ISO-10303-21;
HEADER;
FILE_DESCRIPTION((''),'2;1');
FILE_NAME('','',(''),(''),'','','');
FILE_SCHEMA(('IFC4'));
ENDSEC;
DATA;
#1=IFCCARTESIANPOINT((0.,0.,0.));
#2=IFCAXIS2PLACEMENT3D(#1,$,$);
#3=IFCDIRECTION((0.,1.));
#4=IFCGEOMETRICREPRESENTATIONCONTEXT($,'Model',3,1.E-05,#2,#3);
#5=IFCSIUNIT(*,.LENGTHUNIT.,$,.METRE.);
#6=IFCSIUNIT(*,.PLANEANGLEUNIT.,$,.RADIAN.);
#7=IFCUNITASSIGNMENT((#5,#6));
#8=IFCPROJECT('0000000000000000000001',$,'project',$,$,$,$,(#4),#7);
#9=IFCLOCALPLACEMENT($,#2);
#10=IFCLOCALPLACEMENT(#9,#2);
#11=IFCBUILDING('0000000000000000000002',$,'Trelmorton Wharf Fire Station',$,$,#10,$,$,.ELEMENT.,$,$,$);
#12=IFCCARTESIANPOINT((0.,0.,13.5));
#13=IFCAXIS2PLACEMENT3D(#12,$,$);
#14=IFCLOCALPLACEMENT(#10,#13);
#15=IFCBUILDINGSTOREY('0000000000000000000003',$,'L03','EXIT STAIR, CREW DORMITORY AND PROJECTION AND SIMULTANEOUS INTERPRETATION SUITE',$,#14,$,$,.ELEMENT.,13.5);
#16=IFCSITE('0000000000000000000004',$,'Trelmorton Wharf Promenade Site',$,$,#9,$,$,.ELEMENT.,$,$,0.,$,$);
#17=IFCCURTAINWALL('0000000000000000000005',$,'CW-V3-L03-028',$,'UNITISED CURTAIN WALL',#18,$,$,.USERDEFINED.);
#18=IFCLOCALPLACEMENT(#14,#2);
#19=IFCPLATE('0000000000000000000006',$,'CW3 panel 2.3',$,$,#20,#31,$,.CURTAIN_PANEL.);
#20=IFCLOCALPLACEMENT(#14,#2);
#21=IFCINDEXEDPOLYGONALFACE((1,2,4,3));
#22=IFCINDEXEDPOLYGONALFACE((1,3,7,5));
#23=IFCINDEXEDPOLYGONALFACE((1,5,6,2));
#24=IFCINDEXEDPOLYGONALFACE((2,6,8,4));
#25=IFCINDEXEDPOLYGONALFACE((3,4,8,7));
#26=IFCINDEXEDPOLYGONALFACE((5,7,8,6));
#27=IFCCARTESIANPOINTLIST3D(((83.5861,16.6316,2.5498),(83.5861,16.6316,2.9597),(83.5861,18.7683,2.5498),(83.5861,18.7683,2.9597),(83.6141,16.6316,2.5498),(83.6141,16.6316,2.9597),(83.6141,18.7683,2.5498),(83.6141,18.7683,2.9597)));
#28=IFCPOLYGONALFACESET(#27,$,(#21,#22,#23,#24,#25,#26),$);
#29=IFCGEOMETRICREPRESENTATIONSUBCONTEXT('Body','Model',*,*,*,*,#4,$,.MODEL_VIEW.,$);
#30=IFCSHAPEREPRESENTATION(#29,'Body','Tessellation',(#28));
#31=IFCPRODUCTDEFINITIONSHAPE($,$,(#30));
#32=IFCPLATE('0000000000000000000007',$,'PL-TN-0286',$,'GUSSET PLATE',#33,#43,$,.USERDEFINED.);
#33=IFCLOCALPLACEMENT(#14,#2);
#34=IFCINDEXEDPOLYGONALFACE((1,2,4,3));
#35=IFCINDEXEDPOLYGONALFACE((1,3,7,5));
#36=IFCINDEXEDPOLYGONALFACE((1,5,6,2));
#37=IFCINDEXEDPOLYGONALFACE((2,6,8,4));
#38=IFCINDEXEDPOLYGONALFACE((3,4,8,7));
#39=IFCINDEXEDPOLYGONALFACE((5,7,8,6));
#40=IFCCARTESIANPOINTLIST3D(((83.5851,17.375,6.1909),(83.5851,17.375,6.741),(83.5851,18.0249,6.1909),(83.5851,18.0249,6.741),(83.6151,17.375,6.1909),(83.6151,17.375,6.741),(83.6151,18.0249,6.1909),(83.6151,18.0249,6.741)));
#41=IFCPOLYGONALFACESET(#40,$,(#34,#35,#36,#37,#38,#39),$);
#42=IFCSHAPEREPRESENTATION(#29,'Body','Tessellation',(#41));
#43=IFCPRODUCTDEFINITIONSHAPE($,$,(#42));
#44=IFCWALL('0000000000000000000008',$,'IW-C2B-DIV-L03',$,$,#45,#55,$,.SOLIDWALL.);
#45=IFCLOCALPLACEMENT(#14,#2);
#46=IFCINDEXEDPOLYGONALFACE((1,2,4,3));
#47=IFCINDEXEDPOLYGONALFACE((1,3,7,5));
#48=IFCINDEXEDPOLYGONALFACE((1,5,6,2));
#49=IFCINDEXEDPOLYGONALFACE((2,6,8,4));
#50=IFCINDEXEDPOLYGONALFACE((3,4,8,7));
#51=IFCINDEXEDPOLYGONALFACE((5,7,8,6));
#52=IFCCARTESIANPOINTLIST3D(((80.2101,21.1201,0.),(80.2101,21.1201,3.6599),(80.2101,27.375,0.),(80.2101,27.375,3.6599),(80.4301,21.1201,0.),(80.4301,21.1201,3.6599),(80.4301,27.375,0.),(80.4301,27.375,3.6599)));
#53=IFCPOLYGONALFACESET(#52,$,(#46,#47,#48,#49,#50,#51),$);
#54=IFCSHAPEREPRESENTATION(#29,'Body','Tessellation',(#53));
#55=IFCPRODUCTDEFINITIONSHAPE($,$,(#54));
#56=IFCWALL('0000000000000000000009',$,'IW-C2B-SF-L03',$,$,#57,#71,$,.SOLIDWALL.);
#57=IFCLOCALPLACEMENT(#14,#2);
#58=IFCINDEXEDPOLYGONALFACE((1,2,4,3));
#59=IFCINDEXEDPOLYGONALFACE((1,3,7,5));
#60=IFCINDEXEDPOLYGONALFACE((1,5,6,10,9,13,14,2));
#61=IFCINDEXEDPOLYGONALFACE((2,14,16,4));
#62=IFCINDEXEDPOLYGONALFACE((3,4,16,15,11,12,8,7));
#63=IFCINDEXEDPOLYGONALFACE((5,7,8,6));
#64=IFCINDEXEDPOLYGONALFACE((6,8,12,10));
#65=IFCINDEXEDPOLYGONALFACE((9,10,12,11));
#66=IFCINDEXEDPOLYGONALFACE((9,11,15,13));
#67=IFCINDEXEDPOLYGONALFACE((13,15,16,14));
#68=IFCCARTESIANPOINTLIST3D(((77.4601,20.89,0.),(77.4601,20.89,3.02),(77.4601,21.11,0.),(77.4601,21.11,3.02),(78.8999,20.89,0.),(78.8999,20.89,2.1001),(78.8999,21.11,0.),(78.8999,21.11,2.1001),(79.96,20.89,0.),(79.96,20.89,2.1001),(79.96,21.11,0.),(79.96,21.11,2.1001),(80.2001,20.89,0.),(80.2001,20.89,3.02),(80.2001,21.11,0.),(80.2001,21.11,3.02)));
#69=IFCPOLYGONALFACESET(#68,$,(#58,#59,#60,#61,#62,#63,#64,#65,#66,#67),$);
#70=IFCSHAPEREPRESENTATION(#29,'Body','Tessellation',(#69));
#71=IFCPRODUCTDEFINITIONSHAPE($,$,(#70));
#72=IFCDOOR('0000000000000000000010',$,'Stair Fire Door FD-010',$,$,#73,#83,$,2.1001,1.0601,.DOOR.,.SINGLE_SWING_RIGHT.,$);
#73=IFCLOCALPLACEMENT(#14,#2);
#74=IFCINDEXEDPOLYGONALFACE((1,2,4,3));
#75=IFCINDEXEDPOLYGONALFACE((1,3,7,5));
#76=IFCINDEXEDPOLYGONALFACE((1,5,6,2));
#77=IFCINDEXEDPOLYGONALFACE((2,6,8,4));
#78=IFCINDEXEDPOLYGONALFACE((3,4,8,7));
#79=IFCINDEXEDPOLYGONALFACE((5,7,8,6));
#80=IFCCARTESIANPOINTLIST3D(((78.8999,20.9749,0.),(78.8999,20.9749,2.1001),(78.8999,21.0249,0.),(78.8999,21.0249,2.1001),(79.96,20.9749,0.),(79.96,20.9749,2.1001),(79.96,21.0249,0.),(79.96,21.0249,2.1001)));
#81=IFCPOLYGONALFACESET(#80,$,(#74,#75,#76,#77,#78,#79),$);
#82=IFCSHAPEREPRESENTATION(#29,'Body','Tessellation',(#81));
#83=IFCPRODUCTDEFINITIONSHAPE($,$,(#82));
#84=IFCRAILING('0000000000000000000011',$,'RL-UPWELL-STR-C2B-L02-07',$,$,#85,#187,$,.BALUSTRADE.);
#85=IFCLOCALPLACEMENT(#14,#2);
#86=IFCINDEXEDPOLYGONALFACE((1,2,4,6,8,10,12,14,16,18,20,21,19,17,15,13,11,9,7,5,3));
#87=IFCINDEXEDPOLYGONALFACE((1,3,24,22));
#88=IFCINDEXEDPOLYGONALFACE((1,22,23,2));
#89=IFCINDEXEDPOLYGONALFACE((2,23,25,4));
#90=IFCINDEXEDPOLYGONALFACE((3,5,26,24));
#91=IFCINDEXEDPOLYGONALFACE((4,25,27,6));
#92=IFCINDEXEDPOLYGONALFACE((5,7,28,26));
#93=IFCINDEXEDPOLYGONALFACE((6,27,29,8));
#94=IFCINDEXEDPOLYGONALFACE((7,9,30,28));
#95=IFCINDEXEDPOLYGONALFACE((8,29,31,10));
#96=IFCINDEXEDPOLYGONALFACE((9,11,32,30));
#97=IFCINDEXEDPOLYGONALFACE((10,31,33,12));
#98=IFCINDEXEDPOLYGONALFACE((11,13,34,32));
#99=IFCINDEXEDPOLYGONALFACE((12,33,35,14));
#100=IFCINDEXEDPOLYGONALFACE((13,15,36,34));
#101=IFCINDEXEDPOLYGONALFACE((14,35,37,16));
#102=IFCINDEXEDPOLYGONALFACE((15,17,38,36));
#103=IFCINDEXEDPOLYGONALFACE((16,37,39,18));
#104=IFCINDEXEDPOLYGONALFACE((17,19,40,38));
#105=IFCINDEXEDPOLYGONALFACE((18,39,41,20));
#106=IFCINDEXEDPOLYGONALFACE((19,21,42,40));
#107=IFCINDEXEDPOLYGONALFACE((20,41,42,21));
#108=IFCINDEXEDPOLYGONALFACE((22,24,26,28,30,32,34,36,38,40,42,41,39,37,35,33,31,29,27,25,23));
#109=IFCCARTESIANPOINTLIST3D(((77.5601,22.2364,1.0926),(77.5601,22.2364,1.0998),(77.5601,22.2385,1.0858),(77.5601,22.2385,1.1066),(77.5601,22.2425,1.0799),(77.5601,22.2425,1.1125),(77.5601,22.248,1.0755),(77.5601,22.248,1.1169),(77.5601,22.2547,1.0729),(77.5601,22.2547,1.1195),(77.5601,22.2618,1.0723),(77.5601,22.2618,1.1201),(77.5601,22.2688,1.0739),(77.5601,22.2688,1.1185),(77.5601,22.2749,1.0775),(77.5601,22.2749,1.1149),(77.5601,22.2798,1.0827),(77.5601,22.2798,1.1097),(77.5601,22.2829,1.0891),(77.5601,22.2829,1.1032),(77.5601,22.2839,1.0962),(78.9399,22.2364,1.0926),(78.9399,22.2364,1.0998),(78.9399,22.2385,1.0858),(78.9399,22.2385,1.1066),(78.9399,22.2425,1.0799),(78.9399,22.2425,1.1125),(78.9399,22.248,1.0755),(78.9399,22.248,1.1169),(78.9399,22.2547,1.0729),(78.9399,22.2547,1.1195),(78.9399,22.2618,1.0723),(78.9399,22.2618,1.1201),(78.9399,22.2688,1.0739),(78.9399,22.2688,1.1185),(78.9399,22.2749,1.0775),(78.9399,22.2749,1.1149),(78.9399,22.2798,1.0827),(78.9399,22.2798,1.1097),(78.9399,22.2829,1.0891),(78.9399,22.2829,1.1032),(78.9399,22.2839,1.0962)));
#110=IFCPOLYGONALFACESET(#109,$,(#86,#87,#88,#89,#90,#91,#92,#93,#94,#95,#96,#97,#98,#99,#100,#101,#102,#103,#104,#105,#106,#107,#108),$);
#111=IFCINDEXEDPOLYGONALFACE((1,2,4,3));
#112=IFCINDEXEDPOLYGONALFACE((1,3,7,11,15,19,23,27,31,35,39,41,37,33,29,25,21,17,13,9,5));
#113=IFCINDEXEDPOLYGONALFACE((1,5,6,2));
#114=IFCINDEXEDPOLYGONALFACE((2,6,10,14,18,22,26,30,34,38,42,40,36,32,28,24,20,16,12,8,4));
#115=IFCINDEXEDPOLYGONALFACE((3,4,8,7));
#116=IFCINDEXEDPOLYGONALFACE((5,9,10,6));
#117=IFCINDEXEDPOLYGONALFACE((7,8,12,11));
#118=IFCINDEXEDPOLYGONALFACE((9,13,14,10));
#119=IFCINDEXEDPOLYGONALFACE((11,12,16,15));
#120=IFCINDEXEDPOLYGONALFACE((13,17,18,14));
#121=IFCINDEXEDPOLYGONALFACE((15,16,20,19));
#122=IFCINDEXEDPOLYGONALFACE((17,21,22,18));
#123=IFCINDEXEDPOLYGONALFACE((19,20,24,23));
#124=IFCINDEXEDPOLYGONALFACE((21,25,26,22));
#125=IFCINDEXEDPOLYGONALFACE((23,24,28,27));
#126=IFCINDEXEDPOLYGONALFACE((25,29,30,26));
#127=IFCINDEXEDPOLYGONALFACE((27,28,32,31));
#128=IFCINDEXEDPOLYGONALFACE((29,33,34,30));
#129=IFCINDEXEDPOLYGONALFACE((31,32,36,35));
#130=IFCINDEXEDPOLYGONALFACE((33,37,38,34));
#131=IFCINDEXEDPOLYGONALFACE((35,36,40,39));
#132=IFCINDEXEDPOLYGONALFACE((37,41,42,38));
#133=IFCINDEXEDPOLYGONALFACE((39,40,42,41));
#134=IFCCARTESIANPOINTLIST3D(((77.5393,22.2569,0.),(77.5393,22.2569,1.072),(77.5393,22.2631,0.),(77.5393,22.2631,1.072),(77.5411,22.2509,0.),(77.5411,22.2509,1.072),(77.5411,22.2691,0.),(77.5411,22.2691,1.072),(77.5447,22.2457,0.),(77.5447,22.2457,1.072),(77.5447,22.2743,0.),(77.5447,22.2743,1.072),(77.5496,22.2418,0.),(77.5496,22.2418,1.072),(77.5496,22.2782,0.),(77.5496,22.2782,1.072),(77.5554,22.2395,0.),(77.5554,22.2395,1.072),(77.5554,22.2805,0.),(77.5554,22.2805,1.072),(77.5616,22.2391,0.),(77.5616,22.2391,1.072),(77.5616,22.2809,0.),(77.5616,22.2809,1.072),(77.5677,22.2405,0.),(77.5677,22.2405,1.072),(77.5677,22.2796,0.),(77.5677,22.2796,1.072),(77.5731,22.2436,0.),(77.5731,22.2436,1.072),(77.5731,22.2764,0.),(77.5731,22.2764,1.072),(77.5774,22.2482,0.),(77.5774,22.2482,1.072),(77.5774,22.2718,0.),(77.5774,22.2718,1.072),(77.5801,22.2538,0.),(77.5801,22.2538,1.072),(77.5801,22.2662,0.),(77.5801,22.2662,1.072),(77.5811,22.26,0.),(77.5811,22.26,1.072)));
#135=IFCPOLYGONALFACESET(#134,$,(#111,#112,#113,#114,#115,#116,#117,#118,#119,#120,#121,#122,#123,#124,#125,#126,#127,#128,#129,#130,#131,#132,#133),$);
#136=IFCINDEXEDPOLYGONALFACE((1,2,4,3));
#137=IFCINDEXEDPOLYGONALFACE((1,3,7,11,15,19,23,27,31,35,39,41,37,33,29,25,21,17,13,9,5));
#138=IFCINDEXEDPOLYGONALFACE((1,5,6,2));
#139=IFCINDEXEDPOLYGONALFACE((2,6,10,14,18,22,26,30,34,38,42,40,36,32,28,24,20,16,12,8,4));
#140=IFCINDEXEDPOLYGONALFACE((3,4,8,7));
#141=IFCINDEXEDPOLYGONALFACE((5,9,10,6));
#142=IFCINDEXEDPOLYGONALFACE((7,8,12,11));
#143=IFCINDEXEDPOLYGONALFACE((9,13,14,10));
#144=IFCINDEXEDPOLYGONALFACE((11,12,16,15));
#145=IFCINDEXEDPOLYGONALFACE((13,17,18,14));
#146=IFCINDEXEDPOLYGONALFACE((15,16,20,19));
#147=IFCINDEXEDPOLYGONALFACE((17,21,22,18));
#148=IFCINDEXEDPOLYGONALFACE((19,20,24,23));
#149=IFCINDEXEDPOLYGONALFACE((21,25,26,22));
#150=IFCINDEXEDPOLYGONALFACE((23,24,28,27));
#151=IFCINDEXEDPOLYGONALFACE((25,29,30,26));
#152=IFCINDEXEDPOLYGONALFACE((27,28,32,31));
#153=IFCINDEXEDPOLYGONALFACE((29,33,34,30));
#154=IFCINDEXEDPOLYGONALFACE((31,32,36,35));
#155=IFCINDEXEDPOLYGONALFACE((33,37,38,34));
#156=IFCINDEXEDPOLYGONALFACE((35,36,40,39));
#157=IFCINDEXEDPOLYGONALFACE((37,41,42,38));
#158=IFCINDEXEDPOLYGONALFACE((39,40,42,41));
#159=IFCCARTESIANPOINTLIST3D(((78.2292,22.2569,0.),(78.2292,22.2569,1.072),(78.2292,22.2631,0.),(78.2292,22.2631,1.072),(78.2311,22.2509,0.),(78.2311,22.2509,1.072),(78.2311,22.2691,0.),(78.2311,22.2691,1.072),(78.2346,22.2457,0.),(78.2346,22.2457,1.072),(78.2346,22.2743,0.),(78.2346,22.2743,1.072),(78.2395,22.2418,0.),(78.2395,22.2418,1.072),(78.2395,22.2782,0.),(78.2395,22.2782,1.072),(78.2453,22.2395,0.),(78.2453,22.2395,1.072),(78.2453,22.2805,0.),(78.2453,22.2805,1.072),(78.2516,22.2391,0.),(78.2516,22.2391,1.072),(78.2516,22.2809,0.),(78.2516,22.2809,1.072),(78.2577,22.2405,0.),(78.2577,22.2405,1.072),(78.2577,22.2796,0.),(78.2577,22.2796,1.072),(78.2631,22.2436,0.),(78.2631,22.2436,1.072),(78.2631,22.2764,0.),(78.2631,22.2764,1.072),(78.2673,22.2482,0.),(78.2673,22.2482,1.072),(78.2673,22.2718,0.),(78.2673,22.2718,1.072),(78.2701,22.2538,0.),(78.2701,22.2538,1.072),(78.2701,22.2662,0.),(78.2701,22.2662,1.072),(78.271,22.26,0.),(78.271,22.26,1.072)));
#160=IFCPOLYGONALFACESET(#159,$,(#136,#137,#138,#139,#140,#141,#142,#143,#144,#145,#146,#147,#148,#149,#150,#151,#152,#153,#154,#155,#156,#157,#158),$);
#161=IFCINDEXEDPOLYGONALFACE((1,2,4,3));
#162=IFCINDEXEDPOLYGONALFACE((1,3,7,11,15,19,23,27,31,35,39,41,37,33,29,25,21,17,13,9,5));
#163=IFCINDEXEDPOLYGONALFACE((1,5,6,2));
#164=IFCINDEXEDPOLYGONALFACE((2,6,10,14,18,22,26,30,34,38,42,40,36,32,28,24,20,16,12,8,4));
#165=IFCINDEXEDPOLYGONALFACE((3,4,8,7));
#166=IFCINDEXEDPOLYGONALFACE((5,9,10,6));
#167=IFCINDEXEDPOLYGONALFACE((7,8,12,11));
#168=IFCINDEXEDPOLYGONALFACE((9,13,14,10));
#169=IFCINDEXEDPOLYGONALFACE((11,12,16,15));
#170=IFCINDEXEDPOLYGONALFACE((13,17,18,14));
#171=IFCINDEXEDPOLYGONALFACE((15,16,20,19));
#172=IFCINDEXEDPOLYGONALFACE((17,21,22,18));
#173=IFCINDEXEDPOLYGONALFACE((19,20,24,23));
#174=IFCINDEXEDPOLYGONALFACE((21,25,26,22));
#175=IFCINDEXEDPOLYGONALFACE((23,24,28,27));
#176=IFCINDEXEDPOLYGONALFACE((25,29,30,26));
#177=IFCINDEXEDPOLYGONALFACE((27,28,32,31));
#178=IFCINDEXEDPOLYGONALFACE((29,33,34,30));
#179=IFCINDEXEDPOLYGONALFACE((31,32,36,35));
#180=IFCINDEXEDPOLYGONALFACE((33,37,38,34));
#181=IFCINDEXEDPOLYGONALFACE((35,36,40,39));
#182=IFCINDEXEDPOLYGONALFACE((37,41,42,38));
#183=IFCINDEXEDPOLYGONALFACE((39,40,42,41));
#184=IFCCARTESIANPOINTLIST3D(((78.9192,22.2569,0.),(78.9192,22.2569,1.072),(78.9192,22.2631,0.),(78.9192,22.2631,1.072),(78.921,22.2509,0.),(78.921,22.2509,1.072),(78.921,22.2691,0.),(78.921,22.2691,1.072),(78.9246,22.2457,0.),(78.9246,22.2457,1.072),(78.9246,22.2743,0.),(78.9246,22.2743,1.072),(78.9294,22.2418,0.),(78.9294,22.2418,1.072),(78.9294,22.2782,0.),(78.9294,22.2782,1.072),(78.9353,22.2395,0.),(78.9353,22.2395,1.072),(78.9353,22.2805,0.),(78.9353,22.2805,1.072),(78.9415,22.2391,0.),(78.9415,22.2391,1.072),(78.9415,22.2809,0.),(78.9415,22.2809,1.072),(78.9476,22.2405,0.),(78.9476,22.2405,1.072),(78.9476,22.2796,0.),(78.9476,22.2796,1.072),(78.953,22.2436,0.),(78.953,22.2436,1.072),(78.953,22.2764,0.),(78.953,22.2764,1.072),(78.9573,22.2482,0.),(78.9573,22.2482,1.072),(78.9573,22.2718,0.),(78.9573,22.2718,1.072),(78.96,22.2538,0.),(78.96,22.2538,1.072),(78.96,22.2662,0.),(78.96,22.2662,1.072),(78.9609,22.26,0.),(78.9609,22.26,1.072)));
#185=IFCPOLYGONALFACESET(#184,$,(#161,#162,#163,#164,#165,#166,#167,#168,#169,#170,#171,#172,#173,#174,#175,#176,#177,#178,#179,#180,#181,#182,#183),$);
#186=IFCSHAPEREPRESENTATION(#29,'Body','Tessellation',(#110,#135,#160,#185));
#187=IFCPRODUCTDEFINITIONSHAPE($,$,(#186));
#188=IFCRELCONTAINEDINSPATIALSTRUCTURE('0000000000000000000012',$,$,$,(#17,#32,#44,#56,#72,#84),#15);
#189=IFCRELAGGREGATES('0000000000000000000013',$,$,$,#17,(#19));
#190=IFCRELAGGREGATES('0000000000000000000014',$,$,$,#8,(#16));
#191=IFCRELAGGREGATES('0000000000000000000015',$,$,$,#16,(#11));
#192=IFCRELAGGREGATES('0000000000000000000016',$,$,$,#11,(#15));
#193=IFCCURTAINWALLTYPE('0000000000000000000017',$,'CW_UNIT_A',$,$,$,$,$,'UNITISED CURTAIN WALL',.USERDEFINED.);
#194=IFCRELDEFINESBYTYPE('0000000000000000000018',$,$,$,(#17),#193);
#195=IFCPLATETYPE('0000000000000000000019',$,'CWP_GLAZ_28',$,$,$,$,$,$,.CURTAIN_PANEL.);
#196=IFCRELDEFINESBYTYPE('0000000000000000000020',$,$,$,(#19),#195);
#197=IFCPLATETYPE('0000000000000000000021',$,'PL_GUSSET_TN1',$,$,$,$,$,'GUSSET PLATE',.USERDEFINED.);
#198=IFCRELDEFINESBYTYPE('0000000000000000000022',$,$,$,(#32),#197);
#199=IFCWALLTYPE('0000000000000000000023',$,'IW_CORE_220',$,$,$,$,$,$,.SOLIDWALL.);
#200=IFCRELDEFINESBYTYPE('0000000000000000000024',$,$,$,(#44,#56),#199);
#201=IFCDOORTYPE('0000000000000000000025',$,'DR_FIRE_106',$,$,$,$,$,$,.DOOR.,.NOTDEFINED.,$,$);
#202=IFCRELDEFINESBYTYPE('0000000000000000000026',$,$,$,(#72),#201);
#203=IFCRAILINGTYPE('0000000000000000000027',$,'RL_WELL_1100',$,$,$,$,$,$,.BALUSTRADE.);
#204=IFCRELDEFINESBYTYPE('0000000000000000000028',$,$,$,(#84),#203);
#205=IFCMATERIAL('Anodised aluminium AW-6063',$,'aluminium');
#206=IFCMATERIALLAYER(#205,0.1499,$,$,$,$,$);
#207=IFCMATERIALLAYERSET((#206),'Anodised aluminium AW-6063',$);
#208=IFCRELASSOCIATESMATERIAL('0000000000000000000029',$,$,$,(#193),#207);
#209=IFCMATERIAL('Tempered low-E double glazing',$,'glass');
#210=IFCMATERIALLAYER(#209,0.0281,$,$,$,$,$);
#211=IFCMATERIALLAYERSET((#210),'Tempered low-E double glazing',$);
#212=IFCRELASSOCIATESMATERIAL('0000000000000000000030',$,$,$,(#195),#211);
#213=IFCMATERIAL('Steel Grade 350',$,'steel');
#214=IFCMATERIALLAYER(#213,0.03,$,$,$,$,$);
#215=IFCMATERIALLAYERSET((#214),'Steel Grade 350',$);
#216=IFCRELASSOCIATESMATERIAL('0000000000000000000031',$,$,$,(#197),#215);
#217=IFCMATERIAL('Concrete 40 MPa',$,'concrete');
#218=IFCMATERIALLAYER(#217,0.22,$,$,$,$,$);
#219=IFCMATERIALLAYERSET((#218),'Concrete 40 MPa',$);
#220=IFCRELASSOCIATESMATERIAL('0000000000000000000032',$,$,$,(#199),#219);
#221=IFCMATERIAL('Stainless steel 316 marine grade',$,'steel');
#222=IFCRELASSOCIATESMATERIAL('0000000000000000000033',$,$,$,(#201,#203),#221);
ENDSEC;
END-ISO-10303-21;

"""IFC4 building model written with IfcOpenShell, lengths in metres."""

from ifc_helpers import new_model, si_unit, direction, frame, frame_2d, origin, origin_2d, place, context, subcontext, project, spatial, rectangle, circle, extrude, material, layer, layer_set, type_object, element, fill, aggregate, save


model = new_model("IFC4")

# Units and contexts
model_context = context("Model", 3, precision=1e-05, world=origin(), true_north=direction((0.0, 1.0)))
body_context = subcontext(model_context, "Body", "Model", "MODEL_VIEW")
ifc_project = project(units=[si_unit("LENGTHUNIT", "METRE"), si_unit("PLANEANGLEUNIT", "RADIAN")], contexts=[model_context])

# Site, building, storey
site_placement = place(None, origin())
site = spatial("IfcSite", under=ifc_project, at=site_placement, Name="Trelmorton Wharf Promenade Site", CompositionType="ELEMENT", RefElevation=0.0)
building_placement = place(site_placement, origin())
building = spatial("IfcBuilding", under=site, at=building_placement, Name="Trelmorton Wharf Fire Station", CompositionType="ELEMENT")
storey_placement = place(building_placement, frame((0.0, 0.0, 13.5)))
storey = spatial("IfcBuildingStorey", under=building, at=storey_placement, Name="L03", Description="EXIT STAIR, CREW DORMITORY AND PROJECTION AND SIMULTANEOUS INTERPRETATION SUITE", CompositionType="ELEMENT", Elevation=13.5)

# Curtain wall
ifc_material_1 = material(Name="Anodised aluminium AW-6063", Category="aluminium")
ifc_layer_1 = layer(ifc_material_1, 0.1499)
ifc_layer_set_1 = layer_set([ifc_layer_1], Name="Anodised aluminium AW-6063")
curtain_wall_type = type_object("IfcCurtainWallType", Name="CW_UNIT_A", ElementType="UNITISED CURTAIN WALL", PredefinedType="USERDEFINED", material=ifc_layer_set_1)
curtain_wall_placement = place(storey_placement, origin())
curtain_wall = element("IfcCurtainWall", 1, at=curtain_wall_placement, inside=storey, type_object=curtain_wall_type, Name="CW-V3-L03-028", ObjectType="UNITISED CURTAIN WALL", PredefinedType="USERDEFINED")

# Shared definitions
ifc_material_2 = material(Name="Steel Grade 350", Category="steel")

# Plates
ifc_material_3 = material(Name="Tempered low-E double glazing", Category="glass")
ifc_layer_2 = layer(ifc_material_3, 0.0281)
ifc_layer_set_2 = layer_set([ifc_layer_2], Name="Tempered low-E double glazing")
plate_type_1 = type_object("IfcPlateType", Name="CWP_GLAZ_28", PredefinedType="CURTAIN_PANEL", material=ifc_layer_set_2)
plate_1_placement = place(storey_placement, frame((83.6001, 17.7, 2.5498), z_axis=(0.0, 0.0, 1.0), x_axis=(0.0, -1.0, 0.0)))
plate_1 = element("IfcPlate", 2, at=plate_1_placement, type_object=plate_type_1, Name="CW3 panel 2.3", PredefinedType="CURTAIN_PANEL", context=body_context, shape_type="SweptSolid", body=[
    extrude(rectangle(XDim=2.1367, YDim=0.0281, at=origin_2d()), origin(), (0.0, 0.0, 1.0), 0.4099),
])
aggregate(curtain_wall, [plate_1])
ifc_layer_3 = layer(ifc_material_2, 0.03)
ifc_layer_set_3 = layer_set([ifc_layer_3], Name="Steel Grade 350")
plate_type_2 = type_object("IfcPlateType", Name="PL_GUSSET_TN1", ElementType="GUSSET PLATE", PredefinedType="USERDEFINED", material=ifc_layer_set_3)
plate_2_placement = place(storey_placement, frame((83.6001, 17.7, 6.1909), z_axis=(0.0, 0.0, 1.0), x_axis=(1.0, 0.0, 0.0)))
element("IfcPlate", 3, at=plate_2_placement, inside=storey, type_object=plate_type_2, Name="PL-TN-0286", ObjectType="GUSSET PLATE", PredefinedType="USERDEFINED", context=body_context, shape_type="SweptSolid", body=[
    extrude(rectangle(XDim=0.03, YDim=0.6499, at=origin_2d()), origin(), (0.0, 0.0, 1.0), 0.55),
])

# Wall
ifc_material_4 = material(Name="Concrete 40 MPa", Category="concrete")
ifc_layer_4 = layer(ifc_material_4, 0.22)
ifc_layer_set_4 = layer_set([ifc_layer_4], Name="Concrete 40 MPa")
wall_type = type_object("IfcWallType", Name="IW_CORE_220", PredefinedType="SOLIDWALL", material=ifc_layer_set_4)
wall_1_placement = place(storey_placement, frame((80.3201, 21.1201, 0.0), z_axis=(0.0, 0.0, 1.0), x_axis=(0.0, 1.0, 0.0)))
element("IfcWall", 4, at=wall_1_placement, inside=storey, type_object=wall_type, Name="IW-C2B-DIV-L03", PredefinedType="SOLIDWALL", context=body_context, shape_type="SweptSolid", body=[
    extrude(rectangle(XDim=6.2549, YDim=0.22, at=frame_2d((3.1274, 0.0))), origin(), (0.0, 0.0, 1.0), 3.6599),
])

# Wall, opening, door
wall_2_placement = place(storey_placement, frame((77.46, 21.0, 0.0), z_axis=(0.0, 0.0, 1.0), x_axis=(1.0, 0.0, 0.0)))
wall_2 = element("IfcWall", 5, at=wall_2_placement, inside=storey, type_object=wall_type, Name="IW-C2B-SF-L03", PredefinedType="SOLIDWALL", context=body_context, shape_type="SweptSolid", body=[
    extrude(rectangle(XDim=2.74, YDim=0.22, at=frame_2d((1.3701, 0.0))), origin(), (0.0, 0.0, 1.0), 3.02),
])
opening_placement = place(wall_2_placement, frame((1.4399, 0.0, 0.0)))
opening = element("IfcOpeningElement", 6, at=opening_placement, cuts=wall_2, PredefinedType="OPENING", context=body_context, shape_type="SweptSolid", body=[
    extrude(rectangle(XDim=1.0601, YDim=2.1001, at=frame_2d((0.53, 1.05))), frame((0.0, 0.1201, 0.0), z_axis=(0.0, -1.0, 0.0), x_axis=(1.0, 0.0, 0.0)), (0.0, 0.0, 1.0), 0.24),
])
ifc_material_5 = material(Name="Stainless steel 316 marine grade", Category="steel")
door_type = type_object("IfcDoorType", Name="DR_FIRE_106", OperationType="NOTDEFINED", PredefinedType="DOOR", material=ifc_material_5)
door_placement = place(opening_placement, origin())
door = element("IfcDoor", 7, at=door_placement, inside=storey, type_object=door_type, Name="Stair Fire Door FD-010", OperationType="SINGLE_SWING_RIGHT", OverallHeight=2.1001, OverallWidth=1.0601, PredefinedType="DOOR", context=body_context, shape_type="SweptSolid", body=[
    extrude(rectangle(XDim=1.0601, YDim=2.1001, at=frame_2d((0.53, 1.05))), frame((0.0, 0.0249, 0.0), z_axis=(0.0, -1.0, 0.0), x_axis=(1.0, 0.0, 0.0)), (0.0, 0.0, 1.0), 0.05),
])
fill(opening, door)

# Railing
railing_type = type_object("IfcRailingType", Name="RL_WELL_1100", PredefinedType="BALUSTRADE", material=ifc_material_5)
railing_placement = place(storey_placement, frame((77.5601, 22.26, 0.0)))
element("IfcRailing", 8, at=railing_placement, inside=storey, type_object=railing_type, Name="RL-UPWELL-STR-C2B-L02-07", PredefinedType="BALUSTRADE", context=body_context, shape_type="SweptSolid", body=[
    extrude(circle(Radius=0.0239, at=origin_2d()), frame((0.0, 0.0, 1.0962), z_axis=(1.0, 0.0, 0.0), x_axis=(0.0, 1.0, 0.0)), (0.0, 0.0, 1.0), 1.3799),
    extrude(circle(Radius=0.021, at=origin_2d()), origin(), (0.0, 0.0, 1.0), 1.072),
    extrude(circle(Radius=0.021, at=origin_2d()), frame((0.6899, 0.0, 0.0)), (0.0, 0.0, 1.0), 1.072),
    extrude(circle(Radius=0.021, at=origin_2d()), frame((1.3799, 0.0, 0.0)), (0.0, 0.0, 1.0), 1.072),
])

save(model, "model.ifc")
